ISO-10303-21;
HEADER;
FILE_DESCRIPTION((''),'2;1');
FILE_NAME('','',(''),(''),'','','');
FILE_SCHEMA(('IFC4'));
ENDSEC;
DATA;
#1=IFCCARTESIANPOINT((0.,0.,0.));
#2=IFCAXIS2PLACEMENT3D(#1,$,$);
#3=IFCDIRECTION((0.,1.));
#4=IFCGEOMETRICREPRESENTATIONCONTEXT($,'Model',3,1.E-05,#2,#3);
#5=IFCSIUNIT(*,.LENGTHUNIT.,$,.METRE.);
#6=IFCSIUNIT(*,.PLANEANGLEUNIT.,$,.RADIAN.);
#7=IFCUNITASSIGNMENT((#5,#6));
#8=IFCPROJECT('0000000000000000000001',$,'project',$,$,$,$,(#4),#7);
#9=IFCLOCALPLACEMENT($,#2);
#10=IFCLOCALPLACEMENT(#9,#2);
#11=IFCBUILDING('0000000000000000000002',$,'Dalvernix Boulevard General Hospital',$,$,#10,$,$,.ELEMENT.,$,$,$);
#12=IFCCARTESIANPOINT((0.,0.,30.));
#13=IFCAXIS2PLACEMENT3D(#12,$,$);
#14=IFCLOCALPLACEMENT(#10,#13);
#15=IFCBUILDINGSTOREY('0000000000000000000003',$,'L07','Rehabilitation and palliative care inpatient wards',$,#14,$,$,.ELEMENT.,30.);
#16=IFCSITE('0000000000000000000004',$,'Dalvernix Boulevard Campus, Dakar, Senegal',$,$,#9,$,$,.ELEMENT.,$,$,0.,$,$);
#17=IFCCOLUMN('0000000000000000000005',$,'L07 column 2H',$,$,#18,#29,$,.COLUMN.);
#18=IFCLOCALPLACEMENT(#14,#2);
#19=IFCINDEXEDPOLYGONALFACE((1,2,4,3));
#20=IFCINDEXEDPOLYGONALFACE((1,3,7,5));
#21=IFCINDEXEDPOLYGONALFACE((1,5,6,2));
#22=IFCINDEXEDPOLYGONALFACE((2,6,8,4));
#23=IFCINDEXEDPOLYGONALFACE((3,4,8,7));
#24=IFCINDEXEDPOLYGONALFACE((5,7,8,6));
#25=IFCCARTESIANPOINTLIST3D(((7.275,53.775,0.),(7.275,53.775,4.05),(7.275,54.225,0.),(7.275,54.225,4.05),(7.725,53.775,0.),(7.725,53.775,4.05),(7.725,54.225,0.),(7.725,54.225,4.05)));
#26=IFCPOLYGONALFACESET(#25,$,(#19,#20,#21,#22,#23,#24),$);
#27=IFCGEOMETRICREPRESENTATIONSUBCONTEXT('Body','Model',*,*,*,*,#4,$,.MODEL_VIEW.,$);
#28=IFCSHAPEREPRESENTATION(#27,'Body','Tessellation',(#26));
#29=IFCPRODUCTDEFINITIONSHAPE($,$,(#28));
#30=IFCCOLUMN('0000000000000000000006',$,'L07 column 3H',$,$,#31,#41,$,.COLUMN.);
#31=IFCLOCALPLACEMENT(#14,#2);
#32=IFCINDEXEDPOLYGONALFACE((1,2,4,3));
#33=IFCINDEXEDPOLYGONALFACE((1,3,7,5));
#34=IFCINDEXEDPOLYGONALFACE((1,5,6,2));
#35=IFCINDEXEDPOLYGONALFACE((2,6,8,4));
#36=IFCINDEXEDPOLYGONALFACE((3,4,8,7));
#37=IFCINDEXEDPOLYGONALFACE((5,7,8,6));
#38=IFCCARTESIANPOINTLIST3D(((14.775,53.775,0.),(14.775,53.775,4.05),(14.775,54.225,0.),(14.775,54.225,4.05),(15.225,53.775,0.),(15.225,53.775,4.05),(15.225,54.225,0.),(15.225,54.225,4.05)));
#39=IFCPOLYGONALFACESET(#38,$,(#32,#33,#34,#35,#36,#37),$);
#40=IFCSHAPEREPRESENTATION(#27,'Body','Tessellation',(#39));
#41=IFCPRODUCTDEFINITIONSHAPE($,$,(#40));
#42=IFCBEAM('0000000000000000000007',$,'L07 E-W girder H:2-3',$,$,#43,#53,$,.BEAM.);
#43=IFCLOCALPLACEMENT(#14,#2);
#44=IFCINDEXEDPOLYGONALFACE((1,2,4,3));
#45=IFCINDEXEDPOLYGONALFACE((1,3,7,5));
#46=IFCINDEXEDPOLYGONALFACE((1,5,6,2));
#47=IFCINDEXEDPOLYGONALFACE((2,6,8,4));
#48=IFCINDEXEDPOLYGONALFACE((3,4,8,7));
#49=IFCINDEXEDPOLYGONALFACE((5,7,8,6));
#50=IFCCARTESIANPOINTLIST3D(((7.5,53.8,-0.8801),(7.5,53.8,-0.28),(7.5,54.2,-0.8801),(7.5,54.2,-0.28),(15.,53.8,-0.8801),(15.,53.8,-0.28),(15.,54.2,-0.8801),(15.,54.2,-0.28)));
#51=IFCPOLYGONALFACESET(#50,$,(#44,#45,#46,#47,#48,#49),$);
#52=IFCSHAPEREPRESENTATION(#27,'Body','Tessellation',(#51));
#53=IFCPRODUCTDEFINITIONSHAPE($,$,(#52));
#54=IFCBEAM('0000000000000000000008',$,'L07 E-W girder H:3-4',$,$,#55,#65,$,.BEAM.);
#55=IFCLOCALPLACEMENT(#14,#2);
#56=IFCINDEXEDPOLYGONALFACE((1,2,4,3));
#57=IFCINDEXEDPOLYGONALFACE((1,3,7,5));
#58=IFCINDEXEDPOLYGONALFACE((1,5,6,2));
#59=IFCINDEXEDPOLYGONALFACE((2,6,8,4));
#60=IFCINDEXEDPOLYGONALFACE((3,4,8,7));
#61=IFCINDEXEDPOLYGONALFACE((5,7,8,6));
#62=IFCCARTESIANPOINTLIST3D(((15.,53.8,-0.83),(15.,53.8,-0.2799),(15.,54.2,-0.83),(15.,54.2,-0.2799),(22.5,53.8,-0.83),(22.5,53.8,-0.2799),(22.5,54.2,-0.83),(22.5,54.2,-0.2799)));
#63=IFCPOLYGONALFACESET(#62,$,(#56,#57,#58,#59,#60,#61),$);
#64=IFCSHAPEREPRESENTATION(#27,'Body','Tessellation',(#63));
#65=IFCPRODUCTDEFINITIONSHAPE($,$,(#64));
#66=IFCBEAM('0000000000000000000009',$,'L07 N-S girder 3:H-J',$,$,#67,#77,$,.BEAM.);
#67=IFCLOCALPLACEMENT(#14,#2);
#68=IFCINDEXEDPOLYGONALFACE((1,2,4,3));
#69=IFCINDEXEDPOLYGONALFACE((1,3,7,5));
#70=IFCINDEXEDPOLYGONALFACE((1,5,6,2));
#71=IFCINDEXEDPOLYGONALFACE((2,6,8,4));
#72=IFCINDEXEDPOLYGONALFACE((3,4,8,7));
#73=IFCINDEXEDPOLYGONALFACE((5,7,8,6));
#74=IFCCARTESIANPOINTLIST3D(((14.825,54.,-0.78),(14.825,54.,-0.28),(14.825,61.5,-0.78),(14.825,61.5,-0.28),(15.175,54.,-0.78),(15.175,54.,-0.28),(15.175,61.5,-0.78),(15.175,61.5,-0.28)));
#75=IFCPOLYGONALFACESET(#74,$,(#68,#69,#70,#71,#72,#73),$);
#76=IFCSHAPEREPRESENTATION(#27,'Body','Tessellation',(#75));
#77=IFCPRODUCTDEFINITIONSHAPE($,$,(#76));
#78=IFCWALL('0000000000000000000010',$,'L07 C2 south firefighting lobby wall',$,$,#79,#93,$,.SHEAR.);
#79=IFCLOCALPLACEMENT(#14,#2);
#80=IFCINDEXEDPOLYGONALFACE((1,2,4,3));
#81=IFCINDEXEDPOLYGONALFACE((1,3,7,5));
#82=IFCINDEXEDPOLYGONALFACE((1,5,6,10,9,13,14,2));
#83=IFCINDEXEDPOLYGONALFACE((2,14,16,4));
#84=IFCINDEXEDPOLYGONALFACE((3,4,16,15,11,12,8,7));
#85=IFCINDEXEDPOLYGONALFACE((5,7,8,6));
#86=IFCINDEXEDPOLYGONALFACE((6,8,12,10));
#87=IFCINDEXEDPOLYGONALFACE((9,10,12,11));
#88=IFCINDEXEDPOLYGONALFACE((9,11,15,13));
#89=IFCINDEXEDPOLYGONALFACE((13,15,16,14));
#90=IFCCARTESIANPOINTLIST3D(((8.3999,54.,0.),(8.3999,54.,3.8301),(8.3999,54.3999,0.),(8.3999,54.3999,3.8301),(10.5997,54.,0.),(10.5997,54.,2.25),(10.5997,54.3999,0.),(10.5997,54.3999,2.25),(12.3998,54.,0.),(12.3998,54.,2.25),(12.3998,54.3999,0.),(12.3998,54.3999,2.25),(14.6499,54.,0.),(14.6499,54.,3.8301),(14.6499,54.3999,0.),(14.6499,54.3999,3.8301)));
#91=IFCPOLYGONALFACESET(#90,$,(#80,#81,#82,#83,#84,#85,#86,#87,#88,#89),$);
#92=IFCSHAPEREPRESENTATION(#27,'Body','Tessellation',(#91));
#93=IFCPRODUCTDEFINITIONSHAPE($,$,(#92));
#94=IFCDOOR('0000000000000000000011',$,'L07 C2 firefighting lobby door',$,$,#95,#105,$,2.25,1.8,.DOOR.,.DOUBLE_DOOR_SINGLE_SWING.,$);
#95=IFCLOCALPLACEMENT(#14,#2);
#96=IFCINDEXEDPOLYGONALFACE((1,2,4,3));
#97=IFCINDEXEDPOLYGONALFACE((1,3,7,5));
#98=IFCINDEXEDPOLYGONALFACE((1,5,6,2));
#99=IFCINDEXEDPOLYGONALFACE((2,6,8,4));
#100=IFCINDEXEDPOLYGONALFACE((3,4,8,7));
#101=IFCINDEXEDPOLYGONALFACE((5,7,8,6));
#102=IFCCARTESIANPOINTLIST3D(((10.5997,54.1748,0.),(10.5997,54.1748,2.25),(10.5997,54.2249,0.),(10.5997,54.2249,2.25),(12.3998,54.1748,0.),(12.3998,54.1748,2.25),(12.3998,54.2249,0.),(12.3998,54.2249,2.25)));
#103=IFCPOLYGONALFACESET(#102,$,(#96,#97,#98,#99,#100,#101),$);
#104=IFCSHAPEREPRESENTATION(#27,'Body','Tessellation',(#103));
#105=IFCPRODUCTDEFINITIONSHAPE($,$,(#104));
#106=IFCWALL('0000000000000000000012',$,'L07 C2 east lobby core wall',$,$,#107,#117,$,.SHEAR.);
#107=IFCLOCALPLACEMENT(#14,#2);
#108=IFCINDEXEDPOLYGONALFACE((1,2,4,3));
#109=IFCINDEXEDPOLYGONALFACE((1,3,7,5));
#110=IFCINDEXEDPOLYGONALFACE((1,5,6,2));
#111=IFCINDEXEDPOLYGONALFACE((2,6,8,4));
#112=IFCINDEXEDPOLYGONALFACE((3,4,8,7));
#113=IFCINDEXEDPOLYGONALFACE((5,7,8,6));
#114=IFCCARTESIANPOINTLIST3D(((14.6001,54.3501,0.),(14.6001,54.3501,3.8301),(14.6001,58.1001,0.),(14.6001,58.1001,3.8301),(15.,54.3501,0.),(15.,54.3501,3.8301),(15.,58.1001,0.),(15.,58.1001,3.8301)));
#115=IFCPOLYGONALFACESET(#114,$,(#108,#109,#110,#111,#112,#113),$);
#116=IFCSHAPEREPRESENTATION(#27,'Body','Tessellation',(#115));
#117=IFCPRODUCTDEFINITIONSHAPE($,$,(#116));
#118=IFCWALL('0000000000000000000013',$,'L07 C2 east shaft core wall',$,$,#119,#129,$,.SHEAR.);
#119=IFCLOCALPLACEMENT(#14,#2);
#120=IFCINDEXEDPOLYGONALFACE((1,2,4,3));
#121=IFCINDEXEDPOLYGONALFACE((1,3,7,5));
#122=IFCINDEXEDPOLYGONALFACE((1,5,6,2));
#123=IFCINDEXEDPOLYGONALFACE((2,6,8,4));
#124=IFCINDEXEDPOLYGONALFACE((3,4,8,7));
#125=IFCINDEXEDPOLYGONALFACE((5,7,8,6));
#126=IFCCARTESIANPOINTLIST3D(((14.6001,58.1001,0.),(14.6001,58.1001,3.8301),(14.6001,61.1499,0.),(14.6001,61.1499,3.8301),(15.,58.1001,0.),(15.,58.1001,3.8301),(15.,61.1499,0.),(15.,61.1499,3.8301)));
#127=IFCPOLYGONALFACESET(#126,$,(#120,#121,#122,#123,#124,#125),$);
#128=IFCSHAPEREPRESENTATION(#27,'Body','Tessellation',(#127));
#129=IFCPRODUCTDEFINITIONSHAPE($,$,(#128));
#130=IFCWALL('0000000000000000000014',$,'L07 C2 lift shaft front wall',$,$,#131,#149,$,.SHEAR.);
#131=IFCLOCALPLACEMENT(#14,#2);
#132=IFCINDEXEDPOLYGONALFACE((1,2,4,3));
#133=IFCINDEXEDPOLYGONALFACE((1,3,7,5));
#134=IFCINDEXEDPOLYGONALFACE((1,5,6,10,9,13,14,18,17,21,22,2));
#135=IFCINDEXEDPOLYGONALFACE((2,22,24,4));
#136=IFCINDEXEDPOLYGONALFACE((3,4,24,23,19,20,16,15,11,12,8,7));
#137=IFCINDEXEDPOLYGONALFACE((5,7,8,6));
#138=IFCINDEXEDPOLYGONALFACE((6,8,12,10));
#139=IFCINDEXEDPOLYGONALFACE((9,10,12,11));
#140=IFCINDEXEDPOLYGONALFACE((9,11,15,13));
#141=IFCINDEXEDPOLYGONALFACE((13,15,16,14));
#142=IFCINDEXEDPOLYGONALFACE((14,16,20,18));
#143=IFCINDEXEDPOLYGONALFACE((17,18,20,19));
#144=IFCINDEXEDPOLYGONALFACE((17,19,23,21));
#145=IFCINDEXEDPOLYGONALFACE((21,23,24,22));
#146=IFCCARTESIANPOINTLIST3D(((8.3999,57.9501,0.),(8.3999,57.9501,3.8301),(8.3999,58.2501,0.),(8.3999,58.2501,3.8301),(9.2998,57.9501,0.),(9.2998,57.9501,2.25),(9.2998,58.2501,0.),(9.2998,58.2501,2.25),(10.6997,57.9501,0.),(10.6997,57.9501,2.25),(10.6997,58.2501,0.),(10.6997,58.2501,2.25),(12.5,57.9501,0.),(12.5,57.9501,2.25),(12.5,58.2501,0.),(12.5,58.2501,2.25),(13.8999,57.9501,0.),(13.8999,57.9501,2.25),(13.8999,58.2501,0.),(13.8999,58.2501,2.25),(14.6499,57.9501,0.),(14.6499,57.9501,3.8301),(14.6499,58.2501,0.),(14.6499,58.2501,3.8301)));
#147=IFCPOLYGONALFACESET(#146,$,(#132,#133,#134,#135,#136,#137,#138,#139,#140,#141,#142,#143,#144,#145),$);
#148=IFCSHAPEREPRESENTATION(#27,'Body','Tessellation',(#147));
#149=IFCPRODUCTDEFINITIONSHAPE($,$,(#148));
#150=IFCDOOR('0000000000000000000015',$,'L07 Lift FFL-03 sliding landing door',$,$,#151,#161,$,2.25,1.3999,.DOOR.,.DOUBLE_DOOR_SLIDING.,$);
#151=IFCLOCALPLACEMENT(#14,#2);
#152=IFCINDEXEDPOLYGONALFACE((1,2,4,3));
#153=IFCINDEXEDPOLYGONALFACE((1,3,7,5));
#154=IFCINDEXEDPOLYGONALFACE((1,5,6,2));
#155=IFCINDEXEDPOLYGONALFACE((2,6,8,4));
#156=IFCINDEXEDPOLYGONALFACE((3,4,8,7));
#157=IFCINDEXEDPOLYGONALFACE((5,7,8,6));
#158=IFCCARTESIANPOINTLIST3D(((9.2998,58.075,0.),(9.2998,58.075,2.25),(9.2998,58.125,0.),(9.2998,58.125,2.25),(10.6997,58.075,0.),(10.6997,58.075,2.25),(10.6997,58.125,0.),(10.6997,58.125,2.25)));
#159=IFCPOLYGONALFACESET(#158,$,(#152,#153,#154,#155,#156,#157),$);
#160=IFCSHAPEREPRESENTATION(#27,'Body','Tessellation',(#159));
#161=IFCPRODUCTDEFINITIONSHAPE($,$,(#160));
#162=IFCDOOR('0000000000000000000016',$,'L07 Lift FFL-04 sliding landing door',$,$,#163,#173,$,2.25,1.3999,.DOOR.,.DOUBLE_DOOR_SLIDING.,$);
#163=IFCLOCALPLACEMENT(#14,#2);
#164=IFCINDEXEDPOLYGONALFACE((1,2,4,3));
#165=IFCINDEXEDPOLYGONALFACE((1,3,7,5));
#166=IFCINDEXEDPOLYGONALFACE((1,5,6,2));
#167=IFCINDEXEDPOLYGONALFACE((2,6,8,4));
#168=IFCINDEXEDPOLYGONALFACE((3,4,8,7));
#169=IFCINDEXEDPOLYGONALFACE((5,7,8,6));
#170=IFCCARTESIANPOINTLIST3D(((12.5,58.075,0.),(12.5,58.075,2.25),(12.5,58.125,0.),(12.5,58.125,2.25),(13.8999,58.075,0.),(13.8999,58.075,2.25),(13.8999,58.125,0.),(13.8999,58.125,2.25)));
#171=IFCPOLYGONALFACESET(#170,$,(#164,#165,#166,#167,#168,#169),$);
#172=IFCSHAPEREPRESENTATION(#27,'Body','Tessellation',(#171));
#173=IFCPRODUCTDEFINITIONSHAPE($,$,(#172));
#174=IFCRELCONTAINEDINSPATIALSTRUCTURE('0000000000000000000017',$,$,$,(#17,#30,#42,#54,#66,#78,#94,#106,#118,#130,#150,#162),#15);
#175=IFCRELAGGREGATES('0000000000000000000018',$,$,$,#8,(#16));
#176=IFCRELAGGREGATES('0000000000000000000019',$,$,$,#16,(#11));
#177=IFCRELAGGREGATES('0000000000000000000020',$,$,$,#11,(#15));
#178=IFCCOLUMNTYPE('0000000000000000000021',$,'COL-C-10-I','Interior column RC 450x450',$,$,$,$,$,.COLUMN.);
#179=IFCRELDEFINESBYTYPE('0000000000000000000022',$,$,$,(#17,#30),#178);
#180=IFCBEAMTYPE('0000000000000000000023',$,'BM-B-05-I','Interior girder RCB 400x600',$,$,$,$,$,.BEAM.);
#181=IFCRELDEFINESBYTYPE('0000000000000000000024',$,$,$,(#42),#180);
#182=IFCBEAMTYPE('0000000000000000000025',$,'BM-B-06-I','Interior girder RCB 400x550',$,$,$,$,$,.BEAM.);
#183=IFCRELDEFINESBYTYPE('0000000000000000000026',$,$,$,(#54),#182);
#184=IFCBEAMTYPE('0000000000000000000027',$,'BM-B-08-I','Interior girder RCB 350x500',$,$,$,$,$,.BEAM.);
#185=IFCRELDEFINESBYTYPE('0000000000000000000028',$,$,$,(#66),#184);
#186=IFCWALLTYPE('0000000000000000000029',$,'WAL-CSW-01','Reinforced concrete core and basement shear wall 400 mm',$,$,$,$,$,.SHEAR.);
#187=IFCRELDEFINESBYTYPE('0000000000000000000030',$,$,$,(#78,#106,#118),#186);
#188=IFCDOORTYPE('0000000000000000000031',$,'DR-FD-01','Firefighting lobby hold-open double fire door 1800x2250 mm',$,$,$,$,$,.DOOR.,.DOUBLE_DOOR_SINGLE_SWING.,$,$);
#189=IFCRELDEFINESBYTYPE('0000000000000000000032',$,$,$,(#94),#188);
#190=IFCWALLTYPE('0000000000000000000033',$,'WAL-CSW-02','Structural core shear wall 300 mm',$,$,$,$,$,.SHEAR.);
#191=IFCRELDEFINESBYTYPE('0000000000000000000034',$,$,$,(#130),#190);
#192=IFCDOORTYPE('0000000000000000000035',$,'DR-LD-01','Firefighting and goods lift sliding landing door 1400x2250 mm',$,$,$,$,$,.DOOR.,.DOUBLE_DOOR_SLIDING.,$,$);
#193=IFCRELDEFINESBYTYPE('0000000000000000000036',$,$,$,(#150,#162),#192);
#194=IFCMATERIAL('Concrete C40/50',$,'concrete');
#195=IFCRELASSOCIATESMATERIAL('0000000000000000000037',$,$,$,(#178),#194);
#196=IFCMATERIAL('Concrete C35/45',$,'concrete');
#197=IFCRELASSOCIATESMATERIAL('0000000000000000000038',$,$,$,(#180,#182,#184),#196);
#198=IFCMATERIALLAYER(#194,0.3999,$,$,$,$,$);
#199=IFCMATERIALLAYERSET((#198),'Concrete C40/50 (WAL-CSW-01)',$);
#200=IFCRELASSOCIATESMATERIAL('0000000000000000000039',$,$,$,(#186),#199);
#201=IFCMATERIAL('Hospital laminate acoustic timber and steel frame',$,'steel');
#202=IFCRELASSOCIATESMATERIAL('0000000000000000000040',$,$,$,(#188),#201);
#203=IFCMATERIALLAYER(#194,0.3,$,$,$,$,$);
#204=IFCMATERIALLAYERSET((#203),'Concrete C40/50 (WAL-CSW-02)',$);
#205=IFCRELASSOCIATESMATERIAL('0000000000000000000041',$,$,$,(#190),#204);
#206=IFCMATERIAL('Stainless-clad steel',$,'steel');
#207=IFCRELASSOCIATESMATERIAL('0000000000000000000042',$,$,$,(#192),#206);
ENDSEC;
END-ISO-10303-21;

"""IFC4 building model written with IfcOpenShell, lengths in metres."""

from ifc_helpers import new_model, si_unit, direction, frame, frame_2d, origin, origin_2d, place, context, subcontext, project, spatial, rectangle, extrude, material, layer, layer_set, material_profile, profile_set, type_object, element, fill, save


model = new_model("IFC4")

# Units and contexts
model_context = context("Model", 3, precision=1e-05, world=origin(), true_north=direction((0.0, 1.0)))
body_context = subcontext(model_context, "Body", "Model", "MODEL_VIEW")
ifc_project = project(units=[si_unit("LENGTHUNIT", "METRE"), si_unit("PLANEANGLEUNIT", "RADIAN")], contexts=[model_context])

# Site, building, storey
site_placement = place(None, origin())
site = spatial("IfcSite", under=ifc_project, at=site_placement, Name="Dalvernix Boulevard Campus, Dakar, Senegal", CompositionType="ELEMENT", RefElevation=0.0)
building_placement = place(site_placement, origin())
building = spatial("IfcBuilding", under=site, at=building_placement, Name="Dalvernix Boulevard General Hospital", CompositionType="ELEMENT")
storey_placement = place(building_placement, frame((0.0, 0.0, 30.0)))
storey = spatial("IfcBuildingStorey", under=building, at=storey_placement, Name="L07", Description="Rehabilitation and palliative care inpatient wards", CompositionType="ELEMENT", Elevation=30.0)

# Columns
ifc_material_1 = material(Name="Concrete C40/50", Category="concrete")
ifc_material_profile_1 = material_profile(ifc_material_1, rectangle(XDim=0.45, YDim=0.45, at=origin_2d()), Name="RC 450x450")
ifc_profile_set_1 = profile_set([ifc_material_profile_1], Name="Concrete C40/50")
column_type = type_object("IfcColumnType", Name="COL-C-10-I", Description="Interior column RC 450x450", PredefinedType="COLUMN", material=ifc_profile_set_1)
for number, where, z_axis, x_axis, name in (
    (1, (7.5, 54.0, 0.0), (0.0, 0.0, 1.0), (1.0, 0.0, 0.0), "L07 column 2H"),
    (2, (15.0, 54.0, 0.0), (0.0, 0.0, 1.0), (1.0, 0.0, 0.0), "L07 column 3H"),
):
    element("IfcColumn", number, at=place(storey_placement, frame(where, z_axis=z_axis, x_axis=x_axis)), inside=storey, type_object=column_type, Name=name, PredefinedType="COLUMN", context=body_context, shape_type="SweptSolid", body=[
        extrude(rectangle(XDim=0.45, YDim=0.45, at=origin_2d()), origin(), (0.0, 0.0, 1.0), 4.05),
    ])

# Beams
ifc_material_2 = material(Name="Concrete C35/45", Category="concrete")
ifc_material_profile_2 = material_profile(ifc_material_2, rectangle(XDim=0.3999, YDim=0.6001, at=origin_2d()), Name="RCB 400x600")
ifc_profile_set_2 = profile_set([ifc_material_profile_2], Name="Concrete C35/45")
beam_type_1 = type_object("IfcBeamType", Name="BM-B-05-I", Description="Interior girder RCB 400x600", PredefinedType="BEAM", material=ifc_profile_set_2)
beam_1_placement = place(storey_placement, frame((7.5, 54.0, -0.5801), z_axis=(1.0, 0.0, 0.0), x_axis=(0.0, 1.0, 0.0)))
element("IfcBeam", 3, at=beam_1_placement, inside=storey, type_object=beam_type_1, Name="L07 E-W girder H:2-3", PredefinedType="BEAM", context=body_context, shape_type="SweptSolid", body=[
    extrude(rectangle(XDim=0.3999, YDim=0.6001, at=origin_2d()), origin(), (0.0, 0.0, 1.0), 7.5),
])
ifc_material_profile_3 = material_profile(ifc_material_2, rectangle(XDim=0.3999, YDim=0.55, at=origin_2d()), Name="RCB 400x550")
ifc_profile_set_3 = profile_set([ifc_material_profile_3], Name="Concrete C35/45")
beam_type_2 = type_object("IfcBeamType", Name="BM-B-06-I", Description="Interior girder RCB 400x550", PredefinedType="BEAM", material=ifc_profile_set_3)
beam_2_placement = place(storey_placement, frame((15.0, 54.0, -0.5549), z_axis=(1.0, 0.0, 0.0), x_axis=(0.0, 1.0, 0.0)))
element("IfcBeam", 4, at=beam_2_placement, inside=storey, type_object=beam_type_2, Name="L07 E-W girder H:3-4", PredefinedType="BEAM", context=body_context, shape_type="SweptSolid", body=[
    extrude(rectangle(XDim=0.3999, YDim=0.55, at=origin_2d()), origin(), (0.0, 0.0, 1.0), 7.5),
])
ifc_material_profile_4 = material_profile(ifc_material_2, rectangle(XDim=0.3501, YDim=0.5, at=origin_2d()), Name="RCB 350x500")
ifc_profile_set_4 = profile_set([ifc_material_profile_4], Name="Concrete C35/45")
beam_type_3 = type_object("IfcBeamType", Name="BM-B-08-I", Description="Interior girder RCB 350x500", PredefinedType="BEAM", material=ifc_profile_set_4)
beam_3_placement = place(storey_placement, frame((15.0, 54.0, -0.53), z_axis=(0.0, 1.0, 0.0), x_axis=(-1.0, 0.0, 0.0)))
element("IfcBeam", 5, at=beam_3_placement, inside=storey, type_object=beam_type_3, Name="L07 N-S girder 3:H-J", PredefinedType="BEAM", context=body_context, shape_type="SweptSolid", body=[
    extrude(rectangle(XDim=0.3501, YDim=0.5, at=origin_2d()), origin(), (0.0, 0.0, 1.0), 7.5),
])

# Wall, opening, door
ifc_layer_1 = layer(ifc_material_1, 0.3999)
ifc_layer_set_1 = layer_set([ifc_layer_1], Name="Concrete C40/50 (WAL-CSW-01)")
wall_type_1 = type_object("IfcWallType", Name="WAL-CSW-01", Description="Reinforced concrete core and basement shear wall 400 mm", PredefinedType="SHEAR", material=ifc_layer_set_1)
wall_1_placement = place(storey_placement, frame((8.3999, 54.2, 0.0), z_axis=(0.0, 0.0, 1.0), x_axis=(1.0, 0.0, 0.0)))
wall_1 = element("IfcWall", 6, at=wall_1_placement, inside=storey, type_object=wall_type_1, Name="L07 C2 south firefighting lobby wall", PredefinedType="SHEAR", context=body_context, shape_type="SweptSolid", body=[
    extrude(rectangle(XDim=6.25, YDim=0.3999, at=frame_2d((3.125, 0.0))), origin(), (0.0, 0.0, 1.0), 3.8301),
])
opening_1_placement = place(wall_1_placement, frame((2.2, 0.0, 0.0)))
opening_1 = element("IfcOpeningElement", 7, at=opening_1_placement, cuts=wall_1, PredefinedType="OPENING", context=body_context, shape_type="SweptSolid", body=[
    extrude(rectangle(XDim=1.8, YDim=2.25, at=frame_2d((0.8999, 1.125))), frame((0.0, 0.21, 0.0), z_axis=(0.0, -1.0, 0.0), x_axis=(1.0, 0.0, 0.0)), (0.0, 0.0, 1.0), 0.4199),
])
ifc_material_3 = material(Name="Hospital laminate acoustic timber and steel frame", Category="steel")
door_type_1 = type_object("IfcDoorType", Name="DR-FD-01", Description="Firefighting lobby hold-open double fire door 1800x2250 mm", OperationType="DOUBLE_DOOR_SINGLE_SWING", PredefinedType="DOOR", material=ifc_material_3)
door_1_placement = place(opening_1_placement, origin())
door_1 = element("IfcDoor", 8, at=door_1_placement, inside=storey, type_object=door_type_1, Name="L07 C2 firefighting lobby door", OperationType="DOUBLE_DOOR_SINGLE_SWING", OverallHeight=2.25, OverallWidth=1.8, PredefinedType="DOOR", context=body_context, shape_type="SweptSolid", body=[
    extrude(rectangle(XDim=1.8, YDim=2.25, at=frame_2d((0.8999, 1.125))), frame((0.0, 0.0249, 0.0), z_axis=(0.0, -1.0, 0.0), x_axis=(1.0, 0.0, 0.0)), (0.0, 0.0, 1.0), 0.05),
])
fill(opening_1, door_1)

# Walls
wall_2_placement = place(storey_placement, frame((14.8, 54.3501, 0.0), z_axis=(0.0, 0.0, 1.0), x_axis=(0.0, 1.0, 0.0)))
element("IfcWall", 9, at=wall_2_placement, inside=storey, type_object=wall_type_1, Name="L07 C2 east lobby core wall", PredefinedType="SHEAR", context=body_context, shape_type="SweptSolid", body=[
    extrude(rectangle(XDim=3.75, YDim=0.3999, at=frame_2d((1.875, 0.0))), origin(), (0.0, 0.0, 1.0), 3.8301),
])
wall_3_placement = place(storey_placement, frame((14.8, 58.1001, 0.0), z_axis=(0.0, 0.0, 1.0), x_axis=(0.0, 1.0, 0.0)))
element("IfcWall", 10, at=wall_3_placement, inside=storey, type_object=wall_type_1, Name="L07 C2 east shaft core wall", PredefinedType="SHEAR", context=body_context, shape_type="SweptSolid", body=[
    extrude(rectangle(XDim=3.0498, YDim=0.3999, at=frame_2d((1.5249, 0.0))), origin(), (0.0, 0.0, 1.0), 3.8301),
])

# Wall, openings, doors
ifc_layer_2 = layer(ifc_material_1, 0.3)
ifc_layer_set_2 = layer_set([ifc_layer_2], Name="Concrete C40/50 (WAL-CSW-02)")
wall_type_2 = type_object("IfcWallType", Name="WAL-CSW-02", Description="Structural core shear wall 300 mm", PredefinedType="SHEAR", material=ifc_layer_set_2)
wall_4_placement = place(storey_placement, frame((8.3999, 58.1001, 0.0), z_axis=(0.0, 0.0, 1.0), x_axis=(1.0, 0.0, 0.0)))
wall_4 = element("IfcWall", 11, at=wall_4_placement, inside=storey, type_object=wall_type_2, Name="L07 C2 lift shaft front wall", PredefinedType="SHEAR", context=body_context, shape_type="SweptSolid", body=[
    extrude(rectangle(XDim=6.25, YDim=0.3, at=frame_2d((3.125, 0.0))), origin(), (0.0, 0.0, 1.0), 3.8301),
])
opening_2_placement = place(wall_4_placement, frame((0.8999, 0.0, 0.0)))
opening_2 = element("IfcOpeningElement", 12, at=opening_2_placement, cuts=wall_4, PredefinedType="OPENING", context=body_context, shape_type="SweptSolid", body=[
    extrude(rectangle(XDim=1.3999, YDim=2.25, at=frame_2d((0.7, 1.125))), frame((0.0, 0.1599, 0.0), z_axis=(0.0, -1.0, 0.0), x_axis=(1.0, 0.0, 0.0)), (0.0, 0.0, 1.0), 0.3201),
])
opening_3_placement = place(wall_4_placement, frame((4.1001, 0.0, 0.0)))
opening_3 = element("IfcOpeningElement", 13, at=opening_3_placement, cuts=wall_4, PredefinedType="OPENING", context=body_context, shape_type="SweptSolid", body=[
    extrude(rectangle(XDim=1.3999, YDim=2.25, at=frame_2d((0.7, 1.125))), frame((0.0, 0.1599, 0.0), z_axis=(0.0, -1.0, 0.0), x_axis=(1.0, 0.0, 0.0)), (0.0, 0.0, 1.0), 0.3201),
])
ifc_material_4 = material(Name="Stainless-clad steel", Category="steel")
door_type_2 = type_object("IfcDoorType", Name="DR-LD-01", Description="Firefighting and goods lift sliding landing door 1400x2250 mm", OperationType="DOUBLE_DOOR_SLIDING", PredefinedType="DOOR", material=ifc_material_4)
door_2_placement = place(opening_2_placement, origin())
door_2 = element("IfcDoor", 14, at=door_2_placement, inside=storey, type_object=door_type_2, Name="L07 Lift FFL-03 sliding landing door", OperationType="DOUBLE_DOOR_SLIDING", OverallHeight=2.25, OverallWidth=1.3999, PredefinedType="DOOR", context=body_context, shape_type="SweptSolid", body=[
    extrude(rectangle(XDim=1.3999, YDim=2.25, at=frame_2d((0.7, 1.125))), frame((0.0, 0.0249, 0.0), z_axis=(0.0, -1.0, 0.0), x_axis=(1.0, 0.0, 0.0)), (0.0, 0.0, 1.0), 0.05),
])
fill(opening_2, door_2)
door_3_placement = place(opening_3_placement, origin())
door_3 = element("IfcDoor", 15, at=door_3_placement, inside=storey, type_object=door_type_2, Name="L07 Lift FFL-04 sliding landing door", OperationType="DOUBLE_DOOR_SLIDING", OverallHeight=2.25, OverallWidth=1.3999, PredefinedType="DOOR", context=body_context, shape_type="SweptSolid", body=[
    extrude(rectangle(XDim=1.3999, YDim=2.25, at=frame_2d((0.7, 1.125))), frame((0.0, 0.0249, 0.0), z_axis=(0.0, -1.0, 0.0), x_axis=(1.0, 0.0, 0.0)), (0.0, 0.0, 1.0), 0.05),
])
fill(opening_3, door_3)

save(model, "model.ifc")
